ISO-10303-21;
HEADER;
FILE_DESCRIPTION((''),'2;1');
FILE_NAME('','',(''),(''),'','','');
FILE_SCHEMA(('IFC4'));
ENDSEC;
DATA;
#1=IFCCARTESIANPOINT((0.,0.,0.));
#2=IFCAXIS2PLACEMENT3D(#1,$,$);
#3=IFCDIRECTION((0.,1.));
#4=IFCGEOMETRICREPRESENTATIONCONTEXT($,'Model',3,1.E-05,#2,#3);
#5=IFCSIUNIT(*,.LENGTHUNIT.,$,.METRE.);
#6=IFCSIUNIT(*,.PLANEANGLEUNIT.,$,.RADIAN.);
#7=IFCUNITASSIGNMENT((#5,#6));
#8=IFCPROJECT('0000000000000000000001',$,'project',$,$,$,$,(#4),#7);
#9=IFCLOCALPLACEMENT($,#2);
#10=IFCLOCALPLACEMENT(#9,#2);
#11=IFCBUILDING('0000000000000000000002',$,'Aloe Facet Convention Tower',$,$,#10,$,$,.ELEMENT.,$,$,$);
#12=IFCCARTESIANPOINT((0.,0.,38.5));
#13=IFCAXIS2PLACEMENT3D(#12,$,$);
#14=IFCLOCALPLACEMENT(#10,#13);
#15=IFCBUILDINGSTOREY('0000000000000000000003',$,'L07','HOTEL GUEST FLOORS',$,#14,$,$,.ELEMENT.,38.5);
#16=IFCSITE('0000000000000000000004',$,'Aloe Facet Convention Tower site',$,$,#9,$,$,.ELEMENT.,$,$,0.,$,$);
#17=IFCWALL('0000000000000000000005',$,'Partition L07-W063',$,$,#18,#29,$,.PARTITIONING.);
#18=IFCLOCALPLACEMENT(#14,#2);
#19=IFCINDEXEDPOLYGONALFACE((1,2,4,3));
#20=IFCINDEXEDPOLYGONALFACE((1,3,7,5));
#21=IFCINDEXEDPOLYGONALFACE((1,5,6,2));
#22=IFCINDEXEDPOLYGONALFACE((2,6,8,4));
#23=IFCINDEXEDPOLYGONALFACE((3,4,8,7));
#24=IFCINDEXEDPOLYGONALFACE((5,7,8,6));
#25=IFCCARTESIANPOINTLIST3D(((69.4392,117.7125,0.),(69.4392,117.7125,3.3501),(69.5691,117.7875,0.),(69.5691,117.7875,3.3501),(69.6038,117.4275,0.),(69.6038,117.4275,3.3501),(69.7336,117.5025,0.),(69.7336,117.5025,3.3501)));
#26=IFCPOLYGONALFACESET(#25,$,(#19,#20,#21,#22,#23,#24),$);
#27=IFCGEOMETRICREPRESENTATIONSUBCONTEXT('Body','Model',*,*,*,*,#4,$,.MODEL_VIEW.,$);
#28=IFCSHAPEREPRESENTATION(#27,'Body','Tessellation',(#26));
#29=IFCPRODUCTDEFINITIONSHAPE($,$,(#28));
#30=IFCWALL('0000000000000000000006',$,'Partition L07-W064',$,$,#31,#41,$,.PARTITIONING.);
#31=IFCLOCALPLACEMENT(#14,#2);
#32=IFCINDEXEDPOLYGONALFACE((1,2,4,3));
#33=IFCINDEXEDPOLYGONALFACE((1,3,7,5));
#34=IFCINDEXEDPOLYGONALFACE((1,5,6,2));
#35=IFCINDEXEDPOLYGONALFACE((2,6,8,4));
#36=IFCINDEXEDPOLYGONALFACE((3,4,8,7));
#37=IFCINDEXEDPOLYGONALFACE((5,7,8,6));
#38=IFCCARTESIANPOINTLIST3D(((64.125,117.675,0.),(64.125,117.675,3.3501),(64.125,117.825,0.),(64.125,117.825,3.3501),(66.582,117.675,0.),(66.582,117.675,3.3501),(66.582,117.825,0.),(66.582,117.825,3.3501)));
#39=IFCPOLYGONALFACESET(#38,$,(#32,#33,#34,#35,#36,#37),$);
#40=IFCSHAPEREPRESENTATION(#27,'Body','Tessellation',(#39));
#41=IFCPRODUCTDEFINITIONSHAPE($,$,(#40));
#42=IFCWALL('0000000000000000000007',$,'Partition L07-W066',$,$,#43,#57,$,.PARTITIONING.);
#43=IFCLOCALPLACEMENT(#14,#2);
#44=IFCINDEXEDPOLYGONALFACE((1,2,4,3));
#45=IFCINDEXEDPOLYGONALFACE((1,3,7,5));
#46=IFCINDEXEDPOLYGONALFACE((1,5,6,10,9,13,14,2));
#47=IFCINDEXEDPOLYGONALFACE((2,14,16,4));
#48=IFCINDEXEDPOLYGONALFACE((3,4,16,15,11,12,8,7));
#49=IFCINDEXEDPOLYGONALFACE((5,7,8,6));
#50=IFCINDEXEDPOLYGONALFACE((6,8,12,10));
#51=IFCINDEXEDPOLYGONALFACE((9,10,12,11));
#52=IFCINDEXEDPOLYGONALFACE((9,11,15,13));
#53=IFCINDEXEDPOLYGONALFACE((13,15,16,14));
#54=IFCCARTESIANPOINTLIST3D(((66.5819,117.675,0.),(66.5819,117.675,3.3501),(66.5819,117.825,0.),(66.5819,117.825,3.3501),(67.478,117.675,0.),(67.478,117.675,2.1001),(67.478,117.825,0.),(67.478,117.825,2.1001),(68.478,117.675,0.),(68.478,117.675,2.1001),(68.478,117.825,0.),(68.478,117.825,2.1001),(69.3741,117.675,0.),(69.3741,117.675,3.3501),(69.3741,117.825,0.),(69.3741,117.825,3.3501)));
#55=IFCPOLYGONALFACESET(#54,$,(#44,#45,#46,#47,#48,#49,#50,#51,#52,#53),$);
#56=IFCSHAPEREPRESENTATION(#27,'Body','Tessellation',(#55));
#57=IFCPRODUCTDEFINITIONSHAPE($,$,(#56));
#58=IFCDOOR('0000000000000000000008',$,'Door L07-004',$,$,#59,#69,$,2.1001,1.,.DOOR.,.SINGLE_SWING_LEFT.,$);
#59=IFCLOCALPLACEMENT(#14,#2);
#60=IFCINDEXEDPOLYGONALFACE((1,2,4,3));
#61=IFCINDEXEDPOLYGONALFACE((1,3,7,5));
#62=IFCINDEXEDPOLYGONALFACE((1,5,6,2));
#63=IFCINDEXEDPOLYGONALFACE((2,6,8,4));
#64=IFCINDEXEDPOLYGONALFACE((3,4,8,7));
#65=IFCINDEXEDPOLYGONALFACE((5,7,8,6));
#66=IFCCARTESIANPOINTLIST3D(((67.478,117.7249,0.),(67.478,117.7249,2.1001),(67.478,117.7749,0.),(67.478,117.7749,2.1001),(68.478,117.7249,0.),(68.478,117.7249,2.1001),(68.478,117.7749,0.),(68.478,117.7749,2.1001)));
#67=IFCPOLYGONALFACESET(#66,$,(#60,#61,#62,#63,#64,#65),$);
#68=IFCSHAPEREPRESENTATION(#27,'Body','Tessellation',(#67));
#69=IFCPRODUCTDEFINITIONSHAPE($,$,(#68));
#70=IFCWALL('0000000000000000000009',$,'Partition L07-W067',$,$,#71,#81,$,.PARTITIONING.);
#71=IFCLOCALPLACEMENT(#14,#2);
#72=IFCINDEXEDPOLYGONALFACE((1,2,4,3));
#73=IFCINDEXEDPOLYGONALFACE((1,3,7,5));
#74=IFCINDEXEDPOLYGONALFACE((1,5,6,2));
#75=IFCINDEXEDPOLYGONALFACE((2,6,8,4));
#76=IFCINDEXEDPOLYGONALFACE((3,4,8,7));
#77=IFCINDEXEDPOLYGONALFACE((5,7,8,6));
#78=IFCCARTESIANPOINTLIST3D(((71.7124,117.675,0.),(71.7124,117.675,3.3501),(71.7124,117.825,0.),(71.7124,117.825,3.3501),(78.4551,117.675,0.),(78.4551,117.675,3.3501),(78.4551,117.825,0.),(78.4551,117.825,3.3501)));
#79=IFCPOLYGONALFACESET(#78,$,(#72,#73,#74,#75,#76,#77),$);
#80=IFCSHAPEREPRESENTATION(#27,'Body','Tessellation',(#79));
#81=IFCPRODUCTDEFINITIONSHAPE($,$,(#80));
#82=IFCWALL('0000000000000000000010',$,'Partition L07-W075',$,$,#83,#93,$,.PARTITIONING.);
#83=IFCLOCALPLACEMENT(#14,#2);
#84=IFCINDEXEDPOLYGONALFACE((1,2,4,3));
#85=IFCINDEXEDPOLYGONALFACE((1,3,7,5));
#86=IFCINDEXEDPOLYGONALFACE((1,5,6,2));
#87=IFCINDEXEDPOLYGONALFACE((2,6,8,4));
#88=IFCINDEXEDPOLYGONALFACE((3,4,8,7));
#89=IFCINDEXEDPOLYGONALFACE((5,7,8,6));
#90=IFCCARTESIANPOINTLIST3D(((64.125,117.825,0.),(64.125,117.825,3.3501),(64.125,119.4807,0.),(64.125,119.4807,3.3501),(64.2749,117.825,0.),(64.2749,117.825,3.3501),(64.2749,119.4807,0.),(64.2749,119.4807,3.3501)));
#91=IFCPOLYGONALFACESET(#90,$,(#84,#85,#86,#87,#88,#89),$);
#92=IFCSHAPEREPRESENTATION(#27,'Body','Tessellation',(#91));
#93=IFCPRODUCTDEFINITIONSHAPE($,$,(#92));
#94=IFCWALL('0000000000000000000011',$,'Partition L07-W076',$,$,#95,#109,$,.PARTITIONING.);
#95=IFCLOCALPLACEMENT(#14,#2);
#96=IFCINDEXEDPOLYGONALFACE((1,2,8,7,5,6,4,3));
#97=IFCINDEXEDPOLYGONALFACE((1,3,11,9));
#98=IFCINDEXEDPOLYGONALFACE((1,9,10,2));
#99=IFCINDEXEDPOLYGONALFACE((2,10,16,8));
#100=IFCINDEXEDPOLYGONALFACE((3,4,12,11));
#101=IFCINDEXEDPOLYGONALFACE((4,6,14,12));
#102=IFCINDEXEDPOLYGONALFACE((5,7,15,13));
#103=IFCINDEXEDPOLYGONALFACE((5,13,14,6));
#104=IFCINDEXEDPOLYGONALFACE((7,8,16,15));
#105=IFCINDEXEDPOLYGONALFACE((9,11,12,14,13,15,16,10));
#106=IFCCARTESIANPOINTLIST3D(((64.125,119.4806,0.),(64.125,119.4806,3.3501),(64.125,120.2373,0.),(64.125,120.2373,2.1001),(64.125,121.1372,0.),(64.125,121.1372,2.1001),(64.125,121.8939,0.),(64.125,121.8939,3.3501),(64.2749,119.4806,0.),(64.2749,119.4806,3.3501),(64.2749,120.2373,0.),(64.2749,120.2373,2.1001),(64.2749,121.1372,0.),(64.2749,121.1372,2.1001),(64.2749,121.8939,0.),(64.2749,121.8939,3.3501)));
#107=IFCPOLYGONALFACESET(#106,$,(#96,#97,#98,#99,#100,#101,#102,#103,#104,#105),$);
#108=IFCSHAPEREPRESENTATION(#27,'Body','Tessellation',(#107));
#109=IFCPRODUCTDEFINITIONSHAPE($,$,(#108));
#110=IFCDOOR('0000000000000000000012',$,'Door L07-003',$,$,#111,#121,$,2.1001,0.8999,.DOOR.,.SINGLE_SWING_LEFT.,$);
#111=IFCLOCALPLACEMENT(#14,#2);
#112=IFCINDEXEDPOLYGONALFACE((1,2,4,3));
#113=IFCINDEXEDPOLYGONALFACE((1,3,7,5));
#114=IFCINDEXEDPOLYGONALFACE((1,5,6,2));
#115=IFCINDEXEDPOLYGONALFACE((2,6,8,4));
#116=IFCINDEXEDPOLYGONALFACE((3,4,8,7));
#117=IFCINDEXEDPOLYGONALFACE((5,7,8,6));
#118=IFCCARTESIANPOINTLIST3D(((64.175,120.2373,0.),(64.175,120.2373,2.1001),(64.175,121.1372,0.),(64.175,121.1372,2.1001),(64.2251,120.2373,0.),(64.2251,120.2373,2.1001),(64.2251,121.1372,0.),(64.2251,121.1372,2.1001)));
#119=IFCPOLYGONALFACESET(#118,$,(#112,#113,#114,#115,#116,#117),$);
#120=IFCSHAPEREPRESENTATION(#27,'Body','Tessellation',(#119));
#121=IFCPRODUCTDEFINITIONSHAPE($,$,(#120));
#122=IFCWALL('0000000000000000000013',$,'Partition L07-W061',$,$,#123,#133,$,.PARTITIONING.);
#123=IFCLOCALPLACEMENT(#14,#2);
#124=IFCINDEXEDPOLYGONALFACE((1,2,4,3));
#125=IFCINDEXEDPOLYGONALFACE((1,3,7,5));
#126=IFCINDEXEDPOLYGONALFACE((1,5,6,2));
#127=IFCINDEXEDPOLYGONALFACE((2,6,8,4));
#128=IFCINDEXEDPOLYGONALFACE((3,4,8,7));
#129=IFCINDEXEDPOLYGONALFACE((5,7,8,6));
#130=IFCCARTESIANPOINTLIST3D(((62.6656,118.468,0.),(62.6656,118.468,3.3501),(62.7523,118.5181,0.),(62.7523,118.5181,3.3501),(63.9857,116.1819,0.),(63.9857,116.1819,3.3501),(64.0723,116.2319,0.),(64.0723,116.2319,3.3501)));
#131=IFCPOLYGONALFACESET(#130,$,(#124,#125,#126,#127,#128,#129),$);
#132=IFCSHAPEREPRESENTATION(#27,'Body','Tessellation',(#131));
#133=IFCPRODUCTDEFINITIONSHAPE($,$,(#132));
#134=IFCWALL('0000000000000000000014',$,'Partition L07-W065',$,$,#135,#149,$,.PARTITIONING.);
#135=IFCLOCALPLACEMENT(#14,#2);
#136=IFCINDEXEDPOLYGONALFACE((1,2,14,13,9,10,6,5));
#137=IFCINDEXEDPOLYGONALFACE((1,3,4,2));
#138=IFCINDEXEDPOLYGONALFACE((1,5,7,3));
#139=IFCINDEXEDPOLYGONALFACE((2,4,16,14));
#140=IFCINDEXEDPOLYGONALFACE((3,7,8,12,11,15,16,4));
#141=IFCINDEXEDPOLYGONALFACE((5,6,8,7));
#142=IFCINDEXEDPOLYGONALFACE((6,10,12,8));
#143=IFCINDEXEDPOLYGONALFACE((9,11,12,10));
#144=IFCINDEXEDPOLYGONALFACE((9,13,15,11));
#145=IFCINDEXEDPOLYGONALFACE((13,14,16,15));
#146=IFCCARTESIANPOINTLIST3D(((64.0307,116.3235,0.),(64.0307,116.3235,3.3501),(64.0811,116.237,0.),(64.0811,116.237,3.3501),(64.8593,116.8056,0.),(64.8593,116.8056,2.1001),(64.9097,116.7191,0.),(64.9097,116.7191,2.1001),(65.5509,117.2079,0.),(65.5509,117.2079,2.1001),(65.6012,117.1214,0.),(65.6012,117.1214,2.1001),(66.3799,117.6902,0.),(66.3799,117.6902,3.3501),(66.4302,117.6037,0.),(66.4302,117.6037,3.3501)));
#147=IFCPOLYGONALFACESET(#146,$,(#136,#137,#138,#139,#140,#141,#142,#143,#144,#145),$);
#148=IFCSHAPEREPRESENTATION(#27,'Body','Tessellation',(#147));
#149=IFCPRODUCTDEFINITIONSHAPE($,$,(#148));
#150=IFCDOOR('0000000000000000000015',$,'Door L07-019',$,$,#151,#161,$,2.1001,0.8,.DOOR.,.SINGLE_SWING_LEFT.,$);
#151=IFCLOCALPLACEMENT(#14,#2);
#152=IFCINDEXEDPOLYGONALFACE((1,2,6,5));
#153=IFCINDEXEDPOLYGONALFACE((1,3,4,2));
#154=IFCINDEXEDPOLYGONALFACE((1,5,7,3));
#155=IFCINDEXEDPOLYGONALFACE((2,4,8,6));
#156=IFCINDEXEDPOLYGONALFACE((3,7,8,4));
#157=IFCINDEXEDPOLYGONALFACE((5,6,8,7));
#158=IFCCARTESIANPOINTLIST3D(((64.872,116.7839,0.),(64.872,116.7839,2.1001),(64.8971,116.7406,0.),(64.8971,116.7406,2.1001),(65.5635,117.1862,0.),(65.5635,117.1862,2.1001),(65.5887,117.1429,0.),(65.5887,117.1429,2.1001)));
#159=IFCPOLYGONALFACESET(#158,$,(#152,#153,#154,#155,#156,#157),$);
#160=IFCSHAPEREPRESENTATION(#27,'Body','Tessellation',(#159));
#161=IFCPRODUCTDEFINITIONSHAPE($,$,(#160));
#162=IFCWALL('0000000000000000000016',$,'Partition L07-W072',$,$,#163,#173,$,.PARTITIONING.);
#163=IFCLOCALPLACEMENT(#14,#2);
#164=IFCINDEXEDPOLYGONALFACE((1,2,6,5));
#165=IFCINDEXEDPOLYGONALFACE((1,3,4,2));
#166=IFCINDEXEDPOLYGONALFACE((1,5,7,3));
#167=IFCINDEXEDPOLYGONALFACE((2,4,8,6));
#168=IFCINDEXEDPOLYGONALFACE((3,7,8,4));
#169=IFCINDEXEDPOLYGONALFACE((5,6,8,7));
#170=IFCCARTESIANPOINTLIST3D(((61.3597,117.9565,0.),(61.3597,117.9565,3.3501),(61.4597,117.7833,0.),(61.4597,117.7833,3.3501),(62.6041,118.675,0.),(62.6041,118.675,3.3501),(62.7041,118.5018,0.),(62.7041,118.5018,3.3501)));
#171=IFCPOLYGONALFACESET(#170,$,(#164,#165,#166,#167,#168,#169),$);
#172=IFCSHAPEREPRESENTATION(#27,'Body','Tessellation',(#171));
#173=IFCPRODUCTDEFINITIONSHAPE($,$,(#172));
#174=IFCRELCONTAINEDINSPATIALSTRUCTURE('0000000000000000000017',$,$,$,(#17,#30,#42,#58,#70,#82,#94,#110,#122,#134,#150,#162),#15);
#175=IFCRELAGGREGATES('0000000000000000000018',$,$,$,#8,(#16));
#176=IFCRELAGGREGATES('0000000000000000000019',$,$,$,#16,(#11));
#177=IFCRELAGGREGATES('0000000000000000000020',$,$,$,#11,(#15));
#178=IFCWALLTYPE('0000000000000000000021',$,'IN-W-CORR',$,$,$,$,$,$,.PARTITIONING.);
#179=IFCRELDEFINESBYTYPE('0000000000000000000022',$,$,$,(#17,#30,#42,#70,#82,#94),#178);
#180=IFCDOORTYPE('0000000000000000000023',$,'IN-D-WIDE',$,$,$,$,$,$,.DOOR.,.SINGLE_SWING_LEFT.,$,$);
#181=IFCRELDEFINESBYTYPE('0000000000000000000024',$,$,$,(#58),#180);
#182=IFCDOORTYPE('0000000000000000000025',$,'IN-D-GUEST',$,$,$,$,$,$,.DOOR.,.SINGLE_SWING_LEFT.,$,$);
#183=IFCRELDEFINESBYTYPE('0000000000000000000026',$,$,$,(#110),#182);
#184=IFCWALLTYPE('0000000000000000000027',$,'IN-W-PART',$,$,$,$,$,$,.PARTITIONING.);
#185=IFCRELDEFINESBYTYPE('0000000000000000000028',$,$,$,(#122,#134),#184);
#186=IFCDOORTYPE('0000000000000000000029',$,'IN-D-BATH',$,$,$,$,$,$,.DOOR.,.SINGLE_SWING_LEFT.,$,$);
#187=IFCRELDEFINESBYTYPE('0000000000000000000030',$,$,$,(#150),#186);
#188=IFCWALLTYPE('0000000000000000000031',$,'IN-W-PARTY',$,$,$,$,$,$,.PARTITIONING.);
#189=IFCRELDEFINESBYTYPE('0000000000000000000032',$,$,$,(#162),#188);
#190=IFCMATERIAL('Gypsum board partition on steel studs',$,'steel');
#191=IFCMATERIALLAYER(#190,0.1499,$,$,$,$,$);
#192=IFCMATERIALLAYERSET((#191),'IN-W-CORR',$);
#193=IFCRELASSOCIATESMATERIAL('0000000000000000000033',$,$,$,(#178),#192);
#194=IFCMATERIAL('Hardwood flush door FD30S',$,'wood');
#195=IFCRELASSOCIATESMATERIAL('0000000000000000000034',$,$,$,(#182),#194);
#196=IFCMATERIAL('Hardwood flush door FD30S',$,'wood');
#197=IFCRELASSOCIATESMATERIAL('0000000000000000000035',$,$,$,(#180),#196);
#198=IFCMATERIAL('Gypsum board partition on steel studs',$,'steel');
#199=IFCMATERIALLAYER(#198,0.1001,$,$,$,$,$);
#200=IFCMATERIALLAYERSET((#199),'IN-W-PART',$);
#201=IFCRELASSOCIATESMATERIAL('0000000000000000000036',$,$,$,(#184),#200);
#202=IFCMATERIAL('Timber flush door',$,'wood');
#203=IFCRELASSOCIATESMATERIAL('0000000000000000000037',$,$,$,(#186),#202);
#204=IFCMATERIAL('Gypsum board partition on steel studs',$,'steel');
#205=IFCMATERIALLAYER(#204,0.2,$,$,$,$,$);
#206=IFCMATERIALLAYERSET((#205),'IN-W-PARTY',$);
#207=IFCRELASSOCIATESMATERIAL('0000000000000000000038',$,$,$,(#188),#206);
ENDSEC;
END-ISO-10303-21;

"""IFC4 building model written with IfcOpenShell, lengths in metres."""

from ifc_helpers import new_model, si_unit, direction, frame, frame_2d, origin, place, context, subcontext, project, spatial, rectangle, extrude, material, layer, layer_set, type_object, element, fill, save


model = new_model("IFC4")

# Units and contexts
model_context = context("Model", 3, precision=1e-05, world=origin(), true_north=direction((0.0, 1.0)))
body_context = subcontext(model_context, "Body", "Model", "MODEL_VIEW")
ifc_project = project(units=[si_unit("LENGTHUNIT", "METRE"), si_unit("PLANEANGLEUNIT", "RADIAN")], contexts=[model_context])

# Site, building, storey
site_placement = place(None, origin())
site = spatial("IfcSite", under=ifc_project, at=site_placement, Name="Aloe Facet Convention Tower site", CompositionType="ELEMENT", RefElevation=0.0)
building_placement = place(site_placement, origin())
building = spatial("IfcBuilding", under=site, at=building_placement, Name="Aloe Facet Convention Tower", CompositionType="ELEMENT")
storey_placement = place(building_placement, frame((0.0, 0.0, 38.5)))
storey = spatial("IfcBuildingStorey", under=building, at=storey_placement, Name="L07", Description="HOTEL GUEST FLOORS", CompositionType="ELEMENT", Elevation=38.5)

# Shared definitions
ifc_material_1 = material(Name="Gypsum board partition on steel studs", Category="steel")
ifc_layer_1 = layer(ifc_material_1, 0.1499)
ifc_layer_set_1 = layer_set([ifc_layer_1], Name="IN-W-CORR")
wall_type_1 = type_object("IfcWallType", Name="IN-W-CORR", PredefinedType="PARTITIONING", material=ifc_layer_set_1)
ifc_material_2 = material(Name="Hardwood flush door FD30S", Category="wood")
door_type_1 = type_object("IfcDoorType", Name="IN-D-GUEST", OperationType="SINGLE_SWING_LEFT", PredefinedType="DOOR", material=ifc_material_2)

# Walls
wall_1_placement = place(storey_placement, frame((69.5042, 117.75, 0.0), z_axis=(0.0, 0.0, 1.0), x_axis=(0.500129, -0.865951, 0.0)))
element("IfcWall", 1, at=wall_1_placement, inside=storey, type_object=wall_type_1, Name="Partition L07-W063", PredefinedType="PARTITIONING", context=body_context, shape_type="SweptSolid", body=[
    extrude(rectangle(XDim=0.3291, YDim=0.1499, at=frame_2d((0.1646, 0.0))), origin(), (0.0, 0.0, 1.0), 3.3501),
])
wall_2_placement = place(storey_placement, frame((64.125, 117.75, 0.0), z_axis=(0.0, 0.0, 1.0), x_axis=(1.0, 0.0, 0.0)))
element("IfcWall", 2, at=wall_2_placement, inside=storey, type_object=wall_type_1, Name="Partition L07-W064", PredefinedType="PARTITIONING", context=body_context, shape_type="SweptSolid", body=[
    extrude(rectangle(XDim=2.457, YDim=0.1499, at=frame_2d((1.2285, 0.0))), origin(), (0.0, 0.0, 1.0), 3.3501),
])

# Wall, opening, door
wall_3_placement = place(storey_placement, frame((66.582, 117.75, 0.0), z_axis=(0.0, 0.0, 1.0), x_axis=(1.0, 0.0, 0.0)))
wall_3 = element("IfcWall", 3, at=wall_3_placement, inside=storey, type_object=wall_type_1, Name="Partition L07-W066", PredefinedType="PARTITIONING", context=body_context, shape_type="SweptSolid", body=[
    extrude(rectangle(XDim=2.7922, YDim=0.1499, at=frame_2d((1.396, 0.0))), origin(), (0.0, 0.0, 1.0), 3.3501),
])
opening_1_placement = place(wall_3_placement, frame((0.896, 0.0, 0.0)))
opening_1 = element("IfcOpeningElement", 4, at=opening_1_placement, cuts=wall_3, PredefinedType="OPENING", context=body_context, shape_type="SweptSolid", body=[
    extrude(rectangle(XDim=1.0, YDim=2.1001, at=frame_2d((0.5, 1.05))), frame((0.0, 0.085, 0.0), z_axis=(0.0, -1.0, 0.0), x_axis=(1.0, 0.0, 0.0)), (0.0, 0.0, 1.0), 0.1699),
])
ifc_material_3 = material(Name="Hardwood flush door FD30S", Category="wood")
door_type_2 = type_object("IfcDoorType", Name="IN-D-WIDE", OperationType="SINGLE_SWING_LEFT", PredefinedType="DOOR", material=ifc_material_3)
door_1_placement = place(opening_1_placement, origin())
door_1 = element("IfcDoor", 5, at=door_1_placement, inside=storey, type_object=door_type_2, Name="Door L07-004", OperationType="SINGLE_SWING_LEFT", OverallHeight=2.1001, OverallWidth=1.0, PredefinedType="DOOR", context=body_context, shape_type="SweptSolid", body=[
    extrude(rectangle(XDim=1.0, YDim=2.1001, at=frame_2d((0.5, 1.05))), frame((0.0, 0.0249, 0.0), z_axis=(0.0, -1.0, 0.0), x_axis=(1.0, 0.0, 0.0)), (0.0, 0.0, 1.0), 0.05),
])
fill(opening_1, door_1)

# Walls
wall_4_placement = place(storey_placement, frame((71.7124, 117.75, 0.0), z_axis=(0.0, 0.0, 1.0), x_axis=(1.0, 0.0, 0.0)))
element("IfcWall", 6, at=wall_4_placement, inside=storey, type_object=wall_type_1, Name="Partition L07-W067", PredefinedType="PARTITIONING", context=body_context, shape_type="SweptSolid", body=[
    extrude(rectangle(XDim=6.7427, YDim=0.1499, at=frame_2d((3.3713, 0.0))), origin(), (0.0, 0.0, 1.0), 3.3501),
])
wall_5_placement = place(storey_placement, frame((64.2, 117.825, 0.0), z_axis=(0.0, 0.0, 1.0), x_axis=(0.0, 1.0, 0.0)))
element("IfcWall", 7, at=wall_5_placement, inside=storey, type_object=wall_type_1, Name="Partition L07-W075", PredefinedType="PARTITIONING", context=body_context, shape_type="SweptSolid", body=[
    extrude(rectangle(XDim=1.6558, YDim=0.1499, at=frame_2d((0.8279, 0.0))), origin(), (0.0, 0.0, 1.0), 3.3501),
])

# Wall, opening, door
wall_6_placement = place(storey_placement, frame((64.2, 119.4807, 0.0), z_axis=(0.0, 0.0, 1.0), x_axis=(0.0, 1.0, 0.0)))
wall_6 = element("IfcWall", 8, at=wall_6_placement, inside=storey, type_object=wall_type_1, Name="Partition L07-W076", PredefinedType="PARTITIONING", context=body_context, shape_type="SweptSolid", body=[
    extrude(rectangle(XDim=2.4133, YDim=0.1499, at=frame_2d((1.2065, 0.0))), origin(), (0.0, 0.0, 1.0), 3.3501),
])
opening_2_placement = place(wall_6_placement, frame((0.7566, 0.0, 0.0)))
opening_2 = element("IfcOpeningElement", 9, at=opening_2_placement, cuts=wall_6, PredefinedType="OPENING", context=body_context, shape_type="SweptSolid", body=[
    extrude(rectangle(XDim=0.8999, YDim=2.1001, at=frame_2d((0.45, 1.05))), frame((0.0, 0.085, 0.0), z_axis=(0.0, -1.0, 0.0), x_axis=(1.0, 0.0, 0.0)), (0.0, 0.0, 1.0), 0.1699),
])
door_2_placement = place(opening_2_placement, origin())
door_2 = element("IfcDoor", 10, at=door_2_placement, inside=storey, type_object=door_type_1, Name="Door L07-003", OperationType="SINGLE_SWING_LEFT", OverallHeight=2.1001, OverallWidth=0.8999, PredefinedType="DOOR", context=body_context, shape_type="SweptSolid", body=[
    extrude(rectangle(XDim=0.8999, YDim=2.1001, at=frame_2d((0.45, 1.05))), frame((0.0, 0.0249, 0.0), z_axis=(0.0, -1.0, 0.0), x_axis=(1.0, 0.0, 0.0)), (0.0, 0.0, 1.0), 0.05),
])
fill(opening_2, door_2)

# Wall
ifc_material_4 = material(Name="Gypsum board partition on steel studs", Category="steel")
ifc_layer_2 = layer(ifc_material_4, 0.1001)
ifc_layer_set_2 = layer_set([ifc_layer_2], Name="IN-W-PART")
wall_type_2 = type_object("IfcWallType", Name="IN-W-PART", PredefinedType="PARTITIONING", material=ifc_layer_set_2)
wall_7_placement = place(storey_placement, frame((62.709, 118.4929, 0.0), z_axis=(0.0, 0.0, 1.0), x_axis=(0.500048, -0.865998, 0.0)))
element("IfcWall", 11, at=wall_7_placement, inside=storey, type_object=wall_type_2, Name="Partition L07-W061", PredefinedType="PARTITIONING", context=body_context, shape_type="SweptSolid", body=[
    extrude(rectangle(XDim=2.6399, YDim=0.1001, at=frame_2d((1.3198, 0.0))), origin(), (0.0, 0.0, 1.0), 3.3501),
])

# Wall, opening, door
wall_8_placement = place(storey_placement, frame((64.0559, 116.2803, 0.0), z_axis=(0.0, 0.0, 1.0), x_axis=(0.864358, 0.502876, 0.0)))
wall_8 = element("IfcWall", 12, at=wall_8_placement, inside=storey, type_object=wall_type_2, Name="Partition L07-W065", PredefinedType="PARTITIONING", context=body_context, shape_type="SweptSolid", body=[
    extrude(rectangle(XDim=2.7178, YDim=0.1001, at=frame_2d((1.3589, 0.0))), origin(), (0.0, 0.0, 1.0), 3.3501),
])
opening_3_placement = place(wall_8_placement, frame((0.9587, 0.0, 0.0)))
opening_3 = element("IfcOpeningElement", 13, at=opening_3_placement, cuts=wall_8, PredefinedType="OPENING", context=body_context, shape_type="SweptSolid", body=[
    extrude(rectangle(XDim=0.8, YDim=2.1001, at=frame_2d((0.3999, 1.05))), frame((0.0, 0.0601, 0.0), z_axis=(0.0, -1.0, 0.0), x_axis=(1.0, 0.0, 0.0)), (0.0, 0.0, 1.0), 0.1201),
])
ifc_material_5 = material(Name="Timber flush door", Category="wood")
door_type_3 = type_object("IfcDoorType", Name="IN-D-BATH", OperationType="SINGLE_SWING_LEFT", PredefinedType="DOOR", material=ifc_material_5)
door_3_placement = place(opening_3_placement, origin())
door_3 = element("IfcDoor", 14, at=door_3_placement, inside=storey, type_object=door_type_3, Name="Door L07-019", OperationType="SINGLE_SWING_LEFT", OverallHeight=2.1001, OverallWidth=0.8, PredefinedType="DOOR", context=body_context, shape_type="SweptSolid", body=[
    extrude(rectangle(XDim=0.8, YDim=2.1001, at=frame_2d((0.3999, 1.05))), frame((0.0, 0.0249, 0.0), z_axis=(0.0, -1.0, 0.0), x_axis=(1.0, 0.0, 0.0)), (0.0, 0.0, 1.0), 0.05),
])
fill(opening_3, door_3)

# Wall
ifc_material_6 = material(Name="Gypsum board partition on steel studs", Category="steel")
ifc_layer_3 = layer(ifc_material_6, 0.2)
ifc_layer_set_3 = layer_set([ifc_layer_3], Name="IN-W-PARTY")
wall_type_3 = type_object("IfcWallType", Name="IN-W-PARTY", PredefinedType="PARTITIONING", material=ifc_layer_set_3)
wall_9_placement = place(storey_placement, frame((61.4097, 117.8699, 0.0), z_axis=(0.0, 0.0, 1.0), x_axis=(0.866007, 0.500031, 0.0)))
element("IfcWall", 15, at=wall_9_placement, inside=storey, type_object=wall_type_3, Name="Partition L07-W072", PredefinedType="PARTITIONING", context=body_context, shape_type="SweptSolid", body=[
    extrude(rectangle(XDim=1.437, YDim=0.2, at=frame_2d((0.7185, 0.0))), origin(), (0.0, 0.0, 1.0), 3.3501),
])

save(model, "model.ifc")
